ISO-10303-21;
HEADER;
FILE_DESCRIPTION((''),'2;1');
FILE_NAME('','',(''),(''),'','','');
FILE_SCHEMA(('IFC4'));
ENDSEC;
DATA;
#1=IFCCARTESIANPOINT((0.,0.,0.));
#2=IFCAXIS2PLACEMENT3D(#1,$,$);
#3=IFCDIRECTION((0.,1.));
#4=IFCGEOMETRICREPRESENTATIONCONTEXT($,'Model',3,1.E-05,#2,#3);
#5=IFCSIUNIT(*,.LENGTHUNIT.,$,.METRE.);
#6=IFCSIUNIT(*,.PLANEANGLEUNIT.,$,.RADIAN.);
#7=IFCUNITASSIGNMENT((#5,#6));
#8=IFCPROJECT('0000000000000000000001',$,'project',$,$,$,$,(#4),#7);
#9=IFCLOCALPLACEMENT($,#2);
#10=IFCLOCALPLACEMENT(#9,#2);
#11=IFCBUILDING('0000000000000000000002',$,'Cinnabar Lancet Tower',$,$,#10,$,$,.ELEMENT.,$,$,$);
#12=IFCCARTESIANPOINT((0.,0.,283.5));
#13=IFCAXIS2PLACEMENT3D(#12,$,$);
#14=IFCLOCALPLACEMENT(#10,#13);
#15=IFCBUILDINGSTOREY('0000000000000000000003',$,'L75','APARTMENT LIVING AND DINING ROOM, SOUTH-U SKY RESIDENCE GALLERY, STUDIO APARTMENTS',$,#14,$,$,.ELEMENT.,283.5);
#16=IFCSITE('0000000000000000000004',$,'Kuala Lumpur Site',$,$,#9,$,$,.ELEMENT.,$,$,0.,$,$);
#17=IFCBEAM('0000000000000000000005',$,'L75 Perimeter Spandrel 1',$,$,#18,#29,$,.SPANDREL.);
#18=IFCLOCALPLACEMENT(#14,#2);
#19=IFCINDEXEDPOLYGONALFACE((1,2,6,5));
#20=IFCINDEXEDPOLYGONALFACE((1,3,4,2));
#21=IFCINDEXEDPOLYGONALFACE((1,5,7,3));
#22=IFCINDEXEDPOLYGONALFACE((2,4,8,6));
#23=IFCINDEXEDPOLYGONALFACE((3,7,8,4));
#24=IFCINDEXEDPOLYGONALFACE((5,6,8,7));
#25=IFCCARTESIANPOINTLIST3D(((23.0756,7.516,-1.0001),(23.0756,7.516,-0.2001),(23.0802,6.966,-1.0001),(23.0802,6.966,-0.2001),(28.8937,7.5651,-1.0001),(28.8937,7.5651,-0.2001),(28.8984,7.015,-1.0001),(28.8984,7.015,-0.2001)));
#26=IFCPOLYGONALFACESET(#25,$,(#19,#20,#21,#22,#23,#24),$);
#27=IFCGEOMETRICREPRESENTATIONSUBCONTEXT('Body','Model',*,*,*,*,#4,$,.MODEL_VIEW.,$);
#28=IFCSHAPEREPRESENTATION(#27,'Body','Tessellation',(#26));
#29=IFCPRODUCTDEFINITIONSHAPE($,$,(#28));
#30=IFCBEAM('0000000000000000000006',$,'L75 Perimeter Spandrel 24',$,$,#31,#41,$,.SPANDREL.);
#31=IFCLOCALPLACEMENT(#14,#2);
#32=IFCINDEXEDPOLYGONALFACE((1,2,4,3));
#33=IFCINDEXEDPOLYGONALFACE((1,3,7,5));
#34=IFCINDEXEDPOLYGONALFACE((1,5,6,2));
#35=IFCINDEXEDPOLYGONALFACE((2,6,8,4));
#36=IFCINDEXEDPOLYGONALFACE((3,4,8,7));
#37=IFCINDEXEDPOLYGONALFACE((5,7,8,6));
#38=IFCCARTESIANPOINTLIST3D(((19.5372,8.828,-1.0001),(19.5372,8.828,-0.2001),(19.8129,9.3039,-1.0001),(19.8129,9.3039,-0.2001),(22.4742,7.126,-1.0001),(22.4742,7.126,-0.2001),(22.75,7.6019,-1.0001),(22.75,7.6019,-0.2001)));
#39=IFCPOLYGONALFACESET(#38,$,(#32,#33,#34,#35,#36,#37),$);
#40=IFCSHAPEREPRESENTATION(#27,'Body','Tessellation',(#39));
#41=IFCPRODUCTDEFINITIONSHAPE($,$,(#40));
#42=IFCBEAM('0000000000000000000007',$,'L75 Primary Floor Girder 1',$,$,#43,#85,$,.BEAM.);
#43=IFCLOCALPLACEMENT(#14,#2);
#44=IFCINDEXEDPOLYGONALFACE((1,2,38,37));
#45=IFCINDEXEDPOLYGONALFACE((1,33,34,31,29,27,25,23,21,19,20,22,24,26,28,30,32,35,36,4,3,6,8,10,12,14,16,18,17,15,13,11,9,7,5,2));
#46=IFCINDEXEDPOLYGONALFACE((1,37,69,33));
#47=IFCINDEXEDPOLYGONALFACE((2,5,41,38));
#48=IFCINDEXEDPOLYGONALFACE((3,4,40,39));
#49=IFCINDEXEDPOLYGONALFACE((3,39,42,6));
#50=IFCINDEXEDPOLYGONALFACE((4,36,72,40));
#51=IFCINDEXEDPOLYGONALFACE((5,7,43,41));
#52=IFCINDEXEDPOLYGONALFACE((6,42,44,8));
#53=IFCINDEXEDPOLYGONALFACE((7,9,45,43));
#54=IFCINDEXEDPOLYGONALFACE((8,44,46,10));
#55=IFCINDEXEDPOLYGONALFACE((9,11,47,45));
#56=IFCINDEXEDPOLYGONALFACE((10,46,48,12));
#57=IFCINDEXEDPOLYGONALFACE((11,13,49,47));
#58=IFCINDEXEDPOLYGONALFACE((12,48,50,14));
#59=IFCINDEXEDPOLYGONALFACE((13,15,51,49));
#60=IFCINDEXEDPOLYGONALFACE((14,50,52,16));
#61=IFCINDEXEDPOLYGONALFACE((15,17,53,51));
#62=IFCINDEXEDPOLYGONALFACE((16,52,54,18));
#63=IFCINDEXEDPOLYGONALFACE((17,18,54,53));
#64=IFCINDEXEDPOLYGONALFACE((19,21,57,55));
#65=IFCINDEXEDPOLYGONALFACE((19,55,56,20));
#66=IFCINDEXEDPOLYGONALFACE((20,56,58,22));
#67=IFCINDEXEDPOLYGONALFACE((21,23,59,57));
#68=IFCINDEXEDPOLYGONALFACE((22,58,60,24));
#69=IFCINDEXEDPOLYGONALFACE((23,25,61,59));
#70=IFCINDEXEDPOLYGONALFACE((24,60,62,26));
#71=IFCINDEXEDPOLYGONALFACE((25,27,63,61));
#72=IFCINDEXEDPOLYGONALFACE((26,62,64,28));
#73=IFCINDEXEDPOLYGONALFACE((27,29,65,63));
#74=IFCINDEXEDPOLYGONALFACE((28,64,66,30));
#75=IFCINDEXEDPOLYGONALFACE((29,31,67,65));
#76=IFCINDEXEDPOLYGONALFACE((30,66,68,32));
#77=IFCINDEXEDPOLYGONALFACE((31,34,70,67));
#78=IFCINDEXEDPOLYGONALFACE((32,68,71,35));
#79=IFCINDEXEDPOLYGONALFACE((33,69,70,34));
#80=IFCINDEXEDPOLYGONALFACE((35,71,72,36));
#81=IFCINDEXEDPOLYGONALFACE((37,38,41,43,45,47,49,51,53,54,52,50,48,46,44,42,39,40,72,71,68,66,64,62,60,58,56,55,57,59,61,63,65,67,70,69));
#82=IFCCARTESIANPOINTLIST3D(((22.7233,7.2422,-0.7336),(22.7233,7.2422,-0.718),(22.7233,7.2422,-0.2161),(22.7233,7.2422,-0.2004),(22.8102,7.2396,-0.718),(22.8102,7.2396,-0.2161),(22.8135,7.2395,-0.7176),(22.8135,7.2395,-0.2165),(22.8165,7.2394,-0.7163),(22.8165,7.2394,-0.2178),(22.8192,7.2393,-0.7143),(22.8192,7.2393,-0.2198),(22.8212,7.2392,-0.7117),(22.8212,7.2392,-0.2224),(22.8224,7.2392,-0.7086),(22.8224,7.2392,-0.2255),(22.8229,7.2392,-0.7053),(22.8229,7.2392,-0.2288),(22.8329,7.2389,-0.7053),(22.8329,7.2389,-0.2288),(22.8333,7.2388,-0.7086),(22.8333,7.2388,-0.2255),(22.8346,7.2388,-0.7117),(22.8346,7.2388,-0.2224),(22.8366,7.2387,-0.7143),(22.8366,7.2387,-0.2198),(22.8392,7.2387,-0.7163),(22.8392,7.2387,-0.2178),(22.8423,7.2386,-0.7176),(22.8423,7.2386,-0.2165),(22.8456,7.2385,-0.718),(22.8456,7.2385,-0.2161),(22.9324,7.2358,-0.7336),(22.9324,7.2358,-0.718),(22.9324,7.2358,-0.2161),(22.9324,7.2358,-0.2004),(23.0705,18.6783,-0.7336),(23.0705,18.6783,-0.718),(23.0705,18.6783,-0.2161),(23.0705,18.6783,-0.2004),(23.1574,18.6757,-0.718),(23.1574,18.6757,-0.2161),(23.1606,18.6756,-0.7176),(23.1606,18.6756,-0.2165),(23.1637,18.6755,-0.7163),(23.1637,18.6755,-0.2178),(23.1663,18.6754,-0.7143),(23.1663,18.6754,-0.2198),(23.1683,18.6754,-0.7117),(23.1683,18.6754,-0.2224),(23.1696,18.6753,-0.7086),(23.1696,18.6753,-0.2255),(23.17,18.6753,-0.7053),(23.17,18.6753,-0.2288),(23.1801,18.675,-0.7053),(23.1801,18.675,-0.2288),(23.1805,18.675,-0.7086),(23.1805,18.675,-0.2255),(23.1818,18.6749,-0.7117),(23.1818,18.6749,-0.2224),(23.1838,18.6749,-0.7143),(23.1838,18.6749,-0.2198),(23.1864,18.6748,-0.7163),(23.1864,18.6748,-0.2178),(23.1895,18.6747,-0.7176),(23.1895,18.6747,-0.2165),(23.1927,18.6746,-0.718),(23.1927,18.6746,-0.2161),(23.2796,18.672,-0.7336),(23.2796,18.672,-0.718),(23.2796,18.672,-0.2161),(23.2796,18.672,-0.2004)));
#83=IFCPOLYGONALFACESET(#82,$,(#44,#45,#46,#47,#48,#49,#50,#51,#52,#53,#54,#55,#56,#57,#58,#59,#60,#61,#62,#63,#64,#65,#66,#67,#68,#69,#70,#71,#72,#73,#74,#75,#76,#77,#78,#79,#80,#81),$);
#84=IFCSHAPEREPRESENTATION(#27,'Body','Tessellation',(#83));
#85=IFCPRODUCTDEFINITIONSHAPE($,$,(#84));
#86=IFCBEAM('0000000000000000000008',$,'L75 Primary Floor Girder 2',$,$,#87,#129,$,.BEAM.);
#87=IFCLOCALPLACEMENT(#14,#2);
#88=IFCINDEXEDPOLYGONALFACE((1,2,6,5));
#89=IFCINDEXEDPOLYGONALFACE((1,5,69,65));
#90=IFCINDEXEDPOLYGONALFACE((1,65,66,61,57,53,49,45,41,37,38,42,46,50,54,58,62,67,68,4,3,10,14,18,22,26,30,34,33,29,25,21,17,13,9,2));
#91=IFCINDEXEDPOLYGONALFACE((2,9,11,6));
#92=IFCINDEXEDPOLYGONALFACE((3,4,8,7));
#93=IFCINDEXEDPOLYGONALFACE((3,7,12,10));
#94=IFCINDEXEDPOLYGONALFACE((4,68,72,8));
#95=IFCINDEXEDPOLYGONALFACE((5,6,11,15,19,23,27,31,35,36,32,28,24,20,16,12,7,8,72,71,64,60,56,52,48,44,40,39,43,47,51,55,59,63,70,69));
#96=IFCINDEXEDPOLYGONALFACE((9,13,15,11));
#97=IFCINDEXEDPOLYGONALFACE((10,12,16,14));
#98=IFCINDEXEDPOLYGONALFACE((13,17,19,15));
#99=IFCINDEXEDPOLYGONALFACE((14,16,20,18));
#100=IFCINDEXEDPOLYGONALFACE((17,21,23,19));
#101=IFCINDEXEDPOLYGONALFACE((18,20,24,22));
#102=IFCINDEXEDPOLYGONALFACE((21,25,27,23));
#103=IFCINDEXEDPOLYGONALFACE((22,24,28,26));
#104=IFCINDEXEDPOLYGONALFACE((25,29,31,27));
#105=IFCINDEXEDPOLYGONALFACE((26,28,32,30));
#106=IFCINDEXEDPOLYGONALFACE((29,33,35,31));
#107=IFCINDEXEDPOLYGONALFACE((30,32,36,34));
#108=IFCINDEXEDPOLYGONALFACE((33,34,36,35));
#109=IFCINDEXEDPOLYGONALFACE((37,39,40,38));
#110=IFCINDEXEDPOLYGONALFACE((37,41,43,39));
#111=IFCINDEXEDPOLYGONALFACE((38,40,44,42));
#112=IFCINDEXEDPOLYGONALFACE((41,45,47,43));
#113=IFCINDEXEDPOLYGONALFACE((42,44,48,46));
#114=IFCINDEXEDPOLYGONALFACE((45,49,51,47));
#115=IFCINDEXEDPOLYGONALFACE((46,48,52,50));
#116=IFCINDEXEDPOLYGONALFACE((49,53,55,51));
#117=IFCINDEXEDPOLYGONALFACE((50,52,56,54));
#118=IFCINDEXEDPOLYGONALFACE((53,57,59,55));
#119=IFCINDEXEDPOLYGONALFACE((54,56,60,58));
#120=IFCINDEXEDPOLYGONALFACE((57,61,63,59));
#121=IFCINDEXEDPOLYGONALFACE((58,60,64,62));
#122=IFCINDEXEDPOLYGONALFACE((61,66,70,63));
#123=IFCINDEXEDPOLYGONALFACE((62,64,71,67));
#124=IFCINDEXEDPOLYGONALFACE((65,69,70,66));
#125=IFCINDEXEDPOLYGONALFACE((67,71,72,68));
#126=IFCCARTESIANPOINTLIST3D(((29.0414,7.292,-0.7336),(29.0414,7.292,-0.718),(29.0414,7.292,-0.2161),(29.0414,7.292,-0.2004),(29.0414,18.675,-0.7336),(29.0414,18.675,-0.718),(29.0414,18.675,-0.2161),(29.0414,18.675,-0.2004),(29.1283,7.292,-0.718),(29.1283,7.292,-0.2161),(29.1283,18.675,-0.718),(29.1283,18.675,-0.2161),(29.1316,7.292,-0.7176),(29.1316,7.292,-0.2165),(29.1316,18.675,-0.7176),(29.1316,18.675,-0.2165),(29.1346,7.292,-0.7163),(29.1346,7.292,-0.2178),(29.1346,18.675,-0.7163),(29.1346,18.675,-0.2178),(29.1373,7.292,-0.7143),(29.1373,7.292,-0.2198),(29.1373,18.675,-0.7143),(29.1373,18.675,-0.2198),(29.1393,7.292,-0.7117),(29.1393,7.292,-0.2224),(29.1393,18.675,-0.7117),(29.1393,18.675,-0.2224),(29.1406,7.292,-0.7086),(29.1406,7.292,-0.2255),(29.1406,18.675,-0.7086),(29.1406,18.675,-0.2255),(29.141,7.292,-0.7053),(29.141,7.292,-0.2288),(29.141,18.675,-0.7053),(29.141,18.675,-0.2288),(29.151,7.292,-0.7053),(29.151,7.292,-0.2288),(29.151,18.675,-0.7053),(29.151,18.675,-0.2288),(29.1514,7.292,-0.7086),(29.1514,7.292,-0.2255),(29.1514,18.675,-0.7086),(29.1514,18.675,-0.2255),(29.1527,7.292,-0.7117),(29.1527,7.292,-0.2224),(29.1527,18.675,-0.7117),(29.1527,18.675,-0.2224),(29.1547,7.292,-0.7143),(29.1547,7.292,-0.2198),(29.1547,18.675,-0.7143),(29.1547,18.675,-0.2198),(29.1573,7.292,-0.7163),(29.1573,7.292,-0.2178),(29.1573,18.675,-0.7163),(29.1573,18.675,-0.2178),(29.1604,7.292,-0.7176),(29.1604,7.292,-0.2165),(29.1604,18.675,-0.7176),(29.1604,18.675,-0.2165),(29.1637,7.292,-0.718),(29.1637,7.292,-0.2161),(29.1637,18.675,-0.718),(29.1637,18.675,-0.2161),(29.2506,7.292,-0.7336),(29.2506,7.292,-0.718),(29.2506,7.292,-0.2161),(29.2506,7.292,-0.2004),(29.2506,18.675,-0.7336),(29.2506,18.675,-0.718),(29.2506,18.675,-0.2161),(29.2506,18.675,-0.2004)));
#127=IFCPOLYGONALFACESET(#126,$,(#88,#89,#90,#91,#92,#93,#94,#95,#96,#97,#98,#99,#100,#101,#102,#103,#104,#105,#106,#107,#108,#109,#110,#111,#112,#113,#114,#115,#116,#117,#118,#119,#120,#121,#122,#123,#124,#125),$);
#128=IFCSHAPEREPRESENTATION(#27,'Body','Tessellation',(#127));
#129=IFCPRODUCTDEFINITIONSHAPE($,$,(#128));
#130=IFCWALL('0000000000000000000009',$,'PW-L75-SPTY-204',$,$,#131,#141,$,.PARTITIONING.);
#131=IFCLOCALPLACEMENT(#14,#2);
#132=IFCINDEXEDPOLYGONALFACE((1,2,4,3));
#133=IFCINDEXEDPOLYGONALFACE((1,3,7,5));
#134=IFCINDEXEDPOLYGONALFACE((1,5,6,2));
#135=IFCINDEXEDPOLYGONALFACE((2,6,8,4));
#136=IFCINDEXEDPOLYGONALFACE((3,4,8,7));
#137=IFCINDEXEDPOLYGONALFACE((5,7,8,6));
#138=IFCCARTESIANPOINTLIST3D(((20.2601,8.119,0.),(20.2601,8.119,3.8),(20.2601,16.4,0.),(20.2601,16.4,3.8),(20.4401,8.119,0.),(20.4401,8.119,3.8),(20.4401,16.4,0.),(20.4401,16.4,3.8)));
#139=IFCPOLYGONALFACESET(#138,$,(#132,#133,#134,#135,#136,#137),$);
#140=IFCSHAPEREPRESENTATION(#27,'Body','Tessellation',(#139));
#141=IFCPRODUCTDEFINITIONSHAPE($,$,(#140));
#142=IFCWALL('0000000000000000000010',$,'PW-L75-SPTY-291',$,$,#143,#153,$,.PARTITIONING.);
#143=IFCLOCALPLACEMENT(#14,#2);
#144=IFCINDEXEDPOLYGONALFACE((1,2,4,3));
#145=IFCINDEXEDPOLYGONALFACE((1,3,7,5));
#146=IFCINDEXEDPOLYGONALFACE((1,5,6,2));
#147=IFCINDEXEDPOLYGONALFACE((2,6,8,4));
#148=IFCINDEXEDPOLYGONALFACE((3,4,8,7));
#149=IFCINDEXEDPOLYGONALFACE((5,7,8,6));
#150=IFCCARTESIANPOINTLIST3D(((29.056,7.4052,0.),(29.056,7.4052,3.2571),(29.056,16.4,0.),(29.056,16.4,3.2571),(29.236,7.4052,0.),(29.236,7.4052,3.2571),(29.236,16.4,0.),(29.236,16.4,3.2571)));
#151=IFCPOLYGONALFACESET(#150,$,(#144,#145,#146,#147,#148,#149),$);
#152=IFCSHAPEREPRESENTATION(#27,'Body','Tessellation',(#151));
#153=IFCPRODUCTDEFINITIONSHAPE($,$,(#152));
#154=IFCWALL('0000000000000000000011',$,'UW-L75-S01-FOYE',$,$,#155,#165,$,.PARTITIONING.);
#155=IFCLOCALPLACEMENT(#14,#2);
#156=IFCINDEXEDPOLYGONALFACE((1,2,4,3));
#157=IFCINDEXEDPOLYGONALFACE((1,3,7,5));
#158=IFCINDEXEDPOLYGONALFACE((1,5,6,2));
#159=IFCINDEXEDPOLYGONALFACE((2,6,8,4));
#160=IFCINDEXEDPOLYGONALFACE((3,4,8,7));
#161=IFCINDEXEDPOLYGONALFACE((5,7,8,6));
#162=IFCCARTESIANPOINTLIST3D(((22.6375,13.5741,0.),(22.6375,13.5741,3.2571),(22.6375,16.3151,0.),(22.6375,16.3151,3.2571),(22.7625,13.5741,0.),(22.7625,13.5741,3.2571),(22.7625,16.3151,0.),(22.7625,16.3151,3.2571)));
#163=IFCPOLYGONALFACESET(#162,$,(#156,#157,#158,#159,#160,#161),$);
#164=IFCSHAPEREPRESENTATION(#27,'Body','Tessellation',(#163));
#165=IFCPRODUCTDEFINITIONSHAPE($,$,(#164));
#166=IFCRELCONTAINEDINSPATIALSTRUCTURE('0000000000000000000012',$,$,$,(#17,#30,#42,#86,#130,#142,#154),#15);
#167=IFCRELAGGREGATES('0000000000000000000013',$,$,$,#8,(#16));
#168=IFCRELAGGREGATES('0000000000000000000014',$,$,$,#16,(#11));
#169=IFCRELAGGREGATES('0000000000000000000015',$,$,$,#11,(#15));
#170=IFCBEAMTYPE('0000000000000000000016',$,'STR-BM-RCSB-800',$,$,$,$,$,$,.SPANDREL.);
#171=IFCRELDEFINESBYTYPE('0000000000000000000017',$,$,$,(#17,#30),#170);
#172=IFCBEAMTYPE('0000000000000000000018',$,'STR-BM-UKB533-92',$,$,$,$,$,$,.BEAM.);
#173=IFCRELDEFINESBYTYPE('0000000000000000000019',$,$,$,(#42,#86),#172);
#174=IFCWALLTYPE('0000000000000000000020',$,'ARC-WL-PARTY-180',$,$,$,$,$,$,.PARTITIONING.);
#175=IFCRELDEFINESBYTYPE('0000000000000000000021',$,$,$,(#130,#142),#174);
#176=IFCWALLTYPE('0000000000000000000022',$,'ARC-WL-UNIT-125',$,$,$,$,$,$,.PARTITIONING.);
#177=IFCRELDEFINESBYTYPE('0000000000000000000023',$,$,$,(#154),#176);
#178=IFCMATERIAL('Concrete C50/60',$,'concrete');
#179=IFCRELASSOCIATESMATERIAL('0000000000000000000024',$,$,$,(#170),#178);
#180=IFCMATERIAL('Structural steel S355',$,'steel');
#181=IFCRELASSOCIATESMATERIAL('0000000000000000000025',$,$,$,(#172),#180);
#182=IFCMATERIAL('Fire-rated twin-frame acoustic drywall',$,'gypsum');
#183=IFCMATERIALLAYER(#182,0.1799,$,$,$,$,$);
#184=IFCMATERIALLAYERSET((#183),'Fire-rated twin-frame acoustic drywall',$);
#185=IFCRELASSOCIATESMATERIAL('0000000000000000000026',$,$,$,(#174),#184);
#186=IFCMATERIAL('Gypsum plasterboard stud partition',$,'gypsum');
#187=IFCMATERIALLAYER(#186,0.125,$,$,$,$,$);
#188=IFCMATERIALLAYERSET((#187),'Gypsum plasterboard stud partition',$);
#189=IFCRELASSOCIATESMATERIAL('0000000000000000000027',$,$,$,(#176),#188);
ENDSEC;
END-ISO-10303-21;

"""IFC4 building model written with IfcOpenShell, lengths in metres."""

from ifc_helpers import new_model, si_unit, direction, frame, frame_2d, origin, origin_2d, place, context, subcontext, project, spatial, rectangle, i_section, extrude, material, layer, layer_set, material_profile, profile_set, type_object, element, save


model = new_model("IFC4")

# Units and contexts
model_context = context("Model", 3, precision=1e-05, world=origin(), true_north=direction((0.0, 1.0)))
body_context = subcontext(model_context, "Body", "Model", "MODEL_VIEW")
ifc_project = project(units=[si_unit("LENGTHUNIT", "METRE"), si_unit("PLANEANGLEUNIT", "RADIAN")], contexts=[model_context])

# Site, building, storey
site_placement = place(None, origin())
site = spatial("IfcSite", under=ifc_project, at=site_placement, Name="Kuala Lumpur Site", CompositionType="ELEMENT", RefElevation=0.0)
building_placement = place(site_placement, origin())
building = spatial("IfcBuilding", under=site, at=building_placement, Name="Cinnabar Lancet Tower", CompositionType="ELEMENT")
storey_placement = place(building_placement, frame((0.0, 0.0, 283.5)))
storey = spatial("IfcBuildingStorey", under=building, at=storey_placement, Name="L75", Description="APARTMENT LIVING AND DINING ROOM, SOUTH-U SKY RESIDENCE GALLERY, STUDIO APARTMENTS", CompositionType="ELEMENT", Elevation=283.5)

# Beams
ifc_material_1 = material(Name="Concrete C50/60", Category="concrete")
ifc_material_profile_1 = material_profile(ifc_material_1, rectangle(XDim=0.55, YDim=0.8, at=origin_2d()), Name="RC-SB 550x800")
ifc_profile_set_1 = profile_set([ifc_material_profile_1], Name="Concrete C50/60")
beam_type_1 = type_object("IfcBeamType", Name="STR-BM-RCSB-800", PredefinedType="SPANDREL", material=ifc_profile_set_1)
beam_1_placement = place(storey_placement, frame((23.0779, 7.241, -0.6001), z_axis=(0.999964, 0.008434, 0.0), x_axis=(-0.008434, 0.999964, 0.0)))
element("IfcBeam", 1, at=beam_1_placement, inside=storey, type_object=beam_type_1, Name="L75 Perimeter Spandrel 1", PredefinedType="SPANDREL", context=body_context, shape_type="SweptSolid", body=[
    extrude(rectangle(XDim=0.55, YDim=0.8, at=origin_2d()), origin(), (0.0, 0.0, 1.0), 5.8184),
])
beam_2_placement = place(storey_placement, frame((19.675, 9.0659, -0.6001), z_axis=(0.865231, -0.501374, 0.0), x_axis=(0.501374, 0.865231, 0.0)))
element("IfcBeam", 2, at=beam_2_placement, inside=storey, type_object=beam_type_1, Name="L75 Perimeter Spandrel 24", PredefinedType="SPANDREL", context=body_context, shape_type="SweptSolid", body=[
    extrude(rectangle(XDim=0.55, YDim=0.8, at=origin_2d()), origin(), (0.0, 0.0, 1.0), 3.3945),
])
ifc_material_2 = material(Name="Structural steel S355", Category="steel")
ifc_material_profile_2 = material_profile(ifc_material_2, i_section(OverallWidth=0.2092, OverallDepth=0.5332, WebThickness=0.01, FlangeThickness=0.0156, FilletRadius=0.0127, at=origin_2d()), Name="UKB 533x210x92")
ifc_profile_set_2 = profile_set([ifc_material_profile_2], Name="Structural steel S355")
beam_type_2 = type_object("IfcBeamType", Name="STR-BM-UKB533-92", PredefinedType="BEAM", material=ifc_profile_set_2)
beam_3_placement = place(storey_placement, frame((22.8279, 7.239, -0.467), z_axis=(0.030343, 0.99954, 0.0), x_axis=(-0.99954, 0.030343, 0.0)))
element("IfcBeam", 3, at=beam_3_placement, inside=storey, type_object=beam_type_2, Name="L75 Primary Floor Girder 1", PredefinedType="BEAM", context=body_context, shape_type="SweptSolid", body=[
    extrude(i_section(OverallWidth=0.2092, OverallDepth=0.5332, WebThickness=0.01, FlangeThickness=0.0156, FilletRadius=0.0127, at=origin_2d()), origin(), (0.0, 0.0, 1.0), 11.4414),
])
beam_4_placement = place(storey_placement, frame((29.146, 7.292, -0.467), z_axis=(0.0, 1.0, 0.0), x_axis=(-1.0, 0.0, 0.0)))
element("IfcBeam", 4, at=beam_4_placement, inside=storey, type_object=beam_type_2, Name="L75 Primary Floor Girder 2", PredefinedType="BEAM", context=body_context, shape_type="SweptSolid", body=[
    extrude(i_section(OverallWidth=0.2092, OverallDepth=0.5332, WebThickness=0.01, FlangeThickness=0.0156, FilletRadius=0.0127, at=origin_2d()), origin(), (0.0, 0.0, 1.0), 11.3831),
])

# Walls
ifc_material_3 = material(Name="Fire-rated twin-frame acoustic drywall", Category="gypsum")
ifc_layer_1 = layer(ifc_material_3, 0.1799)
ifc_layer_set_1 = layer_set([ifc_layer_1], Name="Fire-rated twin-frame acoustic drywall")
wall_type_1 = type_object("IfcWallType", Name="ARC-WL-PARTY-180", PredefinedType="PARTITIONING", material=ifc_layer_set_1)
wall_1_placement = place(storey_placement, frame((20.3501, 8.1189, 0.0), z_axis=(0.0, 0.0, 1.0), x_axis=(0.0, 1.0, 0.0)))
element("IfcWall", 5, at=wall_1_placement, inside=storey, type_object=wall_type_1, Name="PW-L75-SPTY-204", PredefinedType="PARTITIONING", context=body_context, shape_type="SweptSolid", body=[
    extrude(rectangle(XDim=8.281, YDim=0.1799, at=frame_2d((4.1406, 0.0))), origin(), (0.0, 0.0, 1.0), 3.8),
])
wall_2_placement = place(storey_placement, frame((29.146, 7.405, 0.0), z_axis=(0.0, 0.0, 1.0), x_axis=(0.0, 1.0, 0.0)))
element("IfcWall", 6, at=wall_2_placement, inside=storey, type_object=wall_type_1, Name="PW-L75-SPTY-291", PredefinedType="PARTITIONING", context=body_context, shape_type="SweptSolid", body=[
    extrude(rectangle(XDim=8.9949, YDim=0.1799, at=frame_2d((4.4976, 0.0))), origin(), (0.0, 0.0, 1.0), 3.2571),
])
ifc_material_4 = material(Name="Gypsum plasterboard stud partition", Category="gypsum")
ifc_layer_2 = layer(ifc_material_4, 0.125)
ifc_layer_set_2 = layer_set([ifc_layer_2], Name="Gypsum plasterboard stud partition")
wall_type_2 = type_object("IfcWallType", Name="ARC-WL-UNIT-125", PredefinedType="PARTITIONING", material=ifc_layer_set_2)
wall_3_placement = place(storey_placement, frame((22.7, 13.574, 0.0), z_axis=(0.0, 0.0, 1.0), x_axis=(0.0, 1.0, 0.0)))
element("IfcWall", 7, at=wall_3_placement, inside=storey, type_object=wall_type_2, Name="UW-L75-S01-FOYE", PredefinedType="PARTITIONING", context=body_context, shape_type="SweptSolid", body=[
    extrude(rectangle(XDim=2.741, YDim=0.125, at=frame_2d((1.3706, 0.0))), origin(), (0.0, 0.0, 1.0), 3.2571),
])

save(model, "model.ifc")
